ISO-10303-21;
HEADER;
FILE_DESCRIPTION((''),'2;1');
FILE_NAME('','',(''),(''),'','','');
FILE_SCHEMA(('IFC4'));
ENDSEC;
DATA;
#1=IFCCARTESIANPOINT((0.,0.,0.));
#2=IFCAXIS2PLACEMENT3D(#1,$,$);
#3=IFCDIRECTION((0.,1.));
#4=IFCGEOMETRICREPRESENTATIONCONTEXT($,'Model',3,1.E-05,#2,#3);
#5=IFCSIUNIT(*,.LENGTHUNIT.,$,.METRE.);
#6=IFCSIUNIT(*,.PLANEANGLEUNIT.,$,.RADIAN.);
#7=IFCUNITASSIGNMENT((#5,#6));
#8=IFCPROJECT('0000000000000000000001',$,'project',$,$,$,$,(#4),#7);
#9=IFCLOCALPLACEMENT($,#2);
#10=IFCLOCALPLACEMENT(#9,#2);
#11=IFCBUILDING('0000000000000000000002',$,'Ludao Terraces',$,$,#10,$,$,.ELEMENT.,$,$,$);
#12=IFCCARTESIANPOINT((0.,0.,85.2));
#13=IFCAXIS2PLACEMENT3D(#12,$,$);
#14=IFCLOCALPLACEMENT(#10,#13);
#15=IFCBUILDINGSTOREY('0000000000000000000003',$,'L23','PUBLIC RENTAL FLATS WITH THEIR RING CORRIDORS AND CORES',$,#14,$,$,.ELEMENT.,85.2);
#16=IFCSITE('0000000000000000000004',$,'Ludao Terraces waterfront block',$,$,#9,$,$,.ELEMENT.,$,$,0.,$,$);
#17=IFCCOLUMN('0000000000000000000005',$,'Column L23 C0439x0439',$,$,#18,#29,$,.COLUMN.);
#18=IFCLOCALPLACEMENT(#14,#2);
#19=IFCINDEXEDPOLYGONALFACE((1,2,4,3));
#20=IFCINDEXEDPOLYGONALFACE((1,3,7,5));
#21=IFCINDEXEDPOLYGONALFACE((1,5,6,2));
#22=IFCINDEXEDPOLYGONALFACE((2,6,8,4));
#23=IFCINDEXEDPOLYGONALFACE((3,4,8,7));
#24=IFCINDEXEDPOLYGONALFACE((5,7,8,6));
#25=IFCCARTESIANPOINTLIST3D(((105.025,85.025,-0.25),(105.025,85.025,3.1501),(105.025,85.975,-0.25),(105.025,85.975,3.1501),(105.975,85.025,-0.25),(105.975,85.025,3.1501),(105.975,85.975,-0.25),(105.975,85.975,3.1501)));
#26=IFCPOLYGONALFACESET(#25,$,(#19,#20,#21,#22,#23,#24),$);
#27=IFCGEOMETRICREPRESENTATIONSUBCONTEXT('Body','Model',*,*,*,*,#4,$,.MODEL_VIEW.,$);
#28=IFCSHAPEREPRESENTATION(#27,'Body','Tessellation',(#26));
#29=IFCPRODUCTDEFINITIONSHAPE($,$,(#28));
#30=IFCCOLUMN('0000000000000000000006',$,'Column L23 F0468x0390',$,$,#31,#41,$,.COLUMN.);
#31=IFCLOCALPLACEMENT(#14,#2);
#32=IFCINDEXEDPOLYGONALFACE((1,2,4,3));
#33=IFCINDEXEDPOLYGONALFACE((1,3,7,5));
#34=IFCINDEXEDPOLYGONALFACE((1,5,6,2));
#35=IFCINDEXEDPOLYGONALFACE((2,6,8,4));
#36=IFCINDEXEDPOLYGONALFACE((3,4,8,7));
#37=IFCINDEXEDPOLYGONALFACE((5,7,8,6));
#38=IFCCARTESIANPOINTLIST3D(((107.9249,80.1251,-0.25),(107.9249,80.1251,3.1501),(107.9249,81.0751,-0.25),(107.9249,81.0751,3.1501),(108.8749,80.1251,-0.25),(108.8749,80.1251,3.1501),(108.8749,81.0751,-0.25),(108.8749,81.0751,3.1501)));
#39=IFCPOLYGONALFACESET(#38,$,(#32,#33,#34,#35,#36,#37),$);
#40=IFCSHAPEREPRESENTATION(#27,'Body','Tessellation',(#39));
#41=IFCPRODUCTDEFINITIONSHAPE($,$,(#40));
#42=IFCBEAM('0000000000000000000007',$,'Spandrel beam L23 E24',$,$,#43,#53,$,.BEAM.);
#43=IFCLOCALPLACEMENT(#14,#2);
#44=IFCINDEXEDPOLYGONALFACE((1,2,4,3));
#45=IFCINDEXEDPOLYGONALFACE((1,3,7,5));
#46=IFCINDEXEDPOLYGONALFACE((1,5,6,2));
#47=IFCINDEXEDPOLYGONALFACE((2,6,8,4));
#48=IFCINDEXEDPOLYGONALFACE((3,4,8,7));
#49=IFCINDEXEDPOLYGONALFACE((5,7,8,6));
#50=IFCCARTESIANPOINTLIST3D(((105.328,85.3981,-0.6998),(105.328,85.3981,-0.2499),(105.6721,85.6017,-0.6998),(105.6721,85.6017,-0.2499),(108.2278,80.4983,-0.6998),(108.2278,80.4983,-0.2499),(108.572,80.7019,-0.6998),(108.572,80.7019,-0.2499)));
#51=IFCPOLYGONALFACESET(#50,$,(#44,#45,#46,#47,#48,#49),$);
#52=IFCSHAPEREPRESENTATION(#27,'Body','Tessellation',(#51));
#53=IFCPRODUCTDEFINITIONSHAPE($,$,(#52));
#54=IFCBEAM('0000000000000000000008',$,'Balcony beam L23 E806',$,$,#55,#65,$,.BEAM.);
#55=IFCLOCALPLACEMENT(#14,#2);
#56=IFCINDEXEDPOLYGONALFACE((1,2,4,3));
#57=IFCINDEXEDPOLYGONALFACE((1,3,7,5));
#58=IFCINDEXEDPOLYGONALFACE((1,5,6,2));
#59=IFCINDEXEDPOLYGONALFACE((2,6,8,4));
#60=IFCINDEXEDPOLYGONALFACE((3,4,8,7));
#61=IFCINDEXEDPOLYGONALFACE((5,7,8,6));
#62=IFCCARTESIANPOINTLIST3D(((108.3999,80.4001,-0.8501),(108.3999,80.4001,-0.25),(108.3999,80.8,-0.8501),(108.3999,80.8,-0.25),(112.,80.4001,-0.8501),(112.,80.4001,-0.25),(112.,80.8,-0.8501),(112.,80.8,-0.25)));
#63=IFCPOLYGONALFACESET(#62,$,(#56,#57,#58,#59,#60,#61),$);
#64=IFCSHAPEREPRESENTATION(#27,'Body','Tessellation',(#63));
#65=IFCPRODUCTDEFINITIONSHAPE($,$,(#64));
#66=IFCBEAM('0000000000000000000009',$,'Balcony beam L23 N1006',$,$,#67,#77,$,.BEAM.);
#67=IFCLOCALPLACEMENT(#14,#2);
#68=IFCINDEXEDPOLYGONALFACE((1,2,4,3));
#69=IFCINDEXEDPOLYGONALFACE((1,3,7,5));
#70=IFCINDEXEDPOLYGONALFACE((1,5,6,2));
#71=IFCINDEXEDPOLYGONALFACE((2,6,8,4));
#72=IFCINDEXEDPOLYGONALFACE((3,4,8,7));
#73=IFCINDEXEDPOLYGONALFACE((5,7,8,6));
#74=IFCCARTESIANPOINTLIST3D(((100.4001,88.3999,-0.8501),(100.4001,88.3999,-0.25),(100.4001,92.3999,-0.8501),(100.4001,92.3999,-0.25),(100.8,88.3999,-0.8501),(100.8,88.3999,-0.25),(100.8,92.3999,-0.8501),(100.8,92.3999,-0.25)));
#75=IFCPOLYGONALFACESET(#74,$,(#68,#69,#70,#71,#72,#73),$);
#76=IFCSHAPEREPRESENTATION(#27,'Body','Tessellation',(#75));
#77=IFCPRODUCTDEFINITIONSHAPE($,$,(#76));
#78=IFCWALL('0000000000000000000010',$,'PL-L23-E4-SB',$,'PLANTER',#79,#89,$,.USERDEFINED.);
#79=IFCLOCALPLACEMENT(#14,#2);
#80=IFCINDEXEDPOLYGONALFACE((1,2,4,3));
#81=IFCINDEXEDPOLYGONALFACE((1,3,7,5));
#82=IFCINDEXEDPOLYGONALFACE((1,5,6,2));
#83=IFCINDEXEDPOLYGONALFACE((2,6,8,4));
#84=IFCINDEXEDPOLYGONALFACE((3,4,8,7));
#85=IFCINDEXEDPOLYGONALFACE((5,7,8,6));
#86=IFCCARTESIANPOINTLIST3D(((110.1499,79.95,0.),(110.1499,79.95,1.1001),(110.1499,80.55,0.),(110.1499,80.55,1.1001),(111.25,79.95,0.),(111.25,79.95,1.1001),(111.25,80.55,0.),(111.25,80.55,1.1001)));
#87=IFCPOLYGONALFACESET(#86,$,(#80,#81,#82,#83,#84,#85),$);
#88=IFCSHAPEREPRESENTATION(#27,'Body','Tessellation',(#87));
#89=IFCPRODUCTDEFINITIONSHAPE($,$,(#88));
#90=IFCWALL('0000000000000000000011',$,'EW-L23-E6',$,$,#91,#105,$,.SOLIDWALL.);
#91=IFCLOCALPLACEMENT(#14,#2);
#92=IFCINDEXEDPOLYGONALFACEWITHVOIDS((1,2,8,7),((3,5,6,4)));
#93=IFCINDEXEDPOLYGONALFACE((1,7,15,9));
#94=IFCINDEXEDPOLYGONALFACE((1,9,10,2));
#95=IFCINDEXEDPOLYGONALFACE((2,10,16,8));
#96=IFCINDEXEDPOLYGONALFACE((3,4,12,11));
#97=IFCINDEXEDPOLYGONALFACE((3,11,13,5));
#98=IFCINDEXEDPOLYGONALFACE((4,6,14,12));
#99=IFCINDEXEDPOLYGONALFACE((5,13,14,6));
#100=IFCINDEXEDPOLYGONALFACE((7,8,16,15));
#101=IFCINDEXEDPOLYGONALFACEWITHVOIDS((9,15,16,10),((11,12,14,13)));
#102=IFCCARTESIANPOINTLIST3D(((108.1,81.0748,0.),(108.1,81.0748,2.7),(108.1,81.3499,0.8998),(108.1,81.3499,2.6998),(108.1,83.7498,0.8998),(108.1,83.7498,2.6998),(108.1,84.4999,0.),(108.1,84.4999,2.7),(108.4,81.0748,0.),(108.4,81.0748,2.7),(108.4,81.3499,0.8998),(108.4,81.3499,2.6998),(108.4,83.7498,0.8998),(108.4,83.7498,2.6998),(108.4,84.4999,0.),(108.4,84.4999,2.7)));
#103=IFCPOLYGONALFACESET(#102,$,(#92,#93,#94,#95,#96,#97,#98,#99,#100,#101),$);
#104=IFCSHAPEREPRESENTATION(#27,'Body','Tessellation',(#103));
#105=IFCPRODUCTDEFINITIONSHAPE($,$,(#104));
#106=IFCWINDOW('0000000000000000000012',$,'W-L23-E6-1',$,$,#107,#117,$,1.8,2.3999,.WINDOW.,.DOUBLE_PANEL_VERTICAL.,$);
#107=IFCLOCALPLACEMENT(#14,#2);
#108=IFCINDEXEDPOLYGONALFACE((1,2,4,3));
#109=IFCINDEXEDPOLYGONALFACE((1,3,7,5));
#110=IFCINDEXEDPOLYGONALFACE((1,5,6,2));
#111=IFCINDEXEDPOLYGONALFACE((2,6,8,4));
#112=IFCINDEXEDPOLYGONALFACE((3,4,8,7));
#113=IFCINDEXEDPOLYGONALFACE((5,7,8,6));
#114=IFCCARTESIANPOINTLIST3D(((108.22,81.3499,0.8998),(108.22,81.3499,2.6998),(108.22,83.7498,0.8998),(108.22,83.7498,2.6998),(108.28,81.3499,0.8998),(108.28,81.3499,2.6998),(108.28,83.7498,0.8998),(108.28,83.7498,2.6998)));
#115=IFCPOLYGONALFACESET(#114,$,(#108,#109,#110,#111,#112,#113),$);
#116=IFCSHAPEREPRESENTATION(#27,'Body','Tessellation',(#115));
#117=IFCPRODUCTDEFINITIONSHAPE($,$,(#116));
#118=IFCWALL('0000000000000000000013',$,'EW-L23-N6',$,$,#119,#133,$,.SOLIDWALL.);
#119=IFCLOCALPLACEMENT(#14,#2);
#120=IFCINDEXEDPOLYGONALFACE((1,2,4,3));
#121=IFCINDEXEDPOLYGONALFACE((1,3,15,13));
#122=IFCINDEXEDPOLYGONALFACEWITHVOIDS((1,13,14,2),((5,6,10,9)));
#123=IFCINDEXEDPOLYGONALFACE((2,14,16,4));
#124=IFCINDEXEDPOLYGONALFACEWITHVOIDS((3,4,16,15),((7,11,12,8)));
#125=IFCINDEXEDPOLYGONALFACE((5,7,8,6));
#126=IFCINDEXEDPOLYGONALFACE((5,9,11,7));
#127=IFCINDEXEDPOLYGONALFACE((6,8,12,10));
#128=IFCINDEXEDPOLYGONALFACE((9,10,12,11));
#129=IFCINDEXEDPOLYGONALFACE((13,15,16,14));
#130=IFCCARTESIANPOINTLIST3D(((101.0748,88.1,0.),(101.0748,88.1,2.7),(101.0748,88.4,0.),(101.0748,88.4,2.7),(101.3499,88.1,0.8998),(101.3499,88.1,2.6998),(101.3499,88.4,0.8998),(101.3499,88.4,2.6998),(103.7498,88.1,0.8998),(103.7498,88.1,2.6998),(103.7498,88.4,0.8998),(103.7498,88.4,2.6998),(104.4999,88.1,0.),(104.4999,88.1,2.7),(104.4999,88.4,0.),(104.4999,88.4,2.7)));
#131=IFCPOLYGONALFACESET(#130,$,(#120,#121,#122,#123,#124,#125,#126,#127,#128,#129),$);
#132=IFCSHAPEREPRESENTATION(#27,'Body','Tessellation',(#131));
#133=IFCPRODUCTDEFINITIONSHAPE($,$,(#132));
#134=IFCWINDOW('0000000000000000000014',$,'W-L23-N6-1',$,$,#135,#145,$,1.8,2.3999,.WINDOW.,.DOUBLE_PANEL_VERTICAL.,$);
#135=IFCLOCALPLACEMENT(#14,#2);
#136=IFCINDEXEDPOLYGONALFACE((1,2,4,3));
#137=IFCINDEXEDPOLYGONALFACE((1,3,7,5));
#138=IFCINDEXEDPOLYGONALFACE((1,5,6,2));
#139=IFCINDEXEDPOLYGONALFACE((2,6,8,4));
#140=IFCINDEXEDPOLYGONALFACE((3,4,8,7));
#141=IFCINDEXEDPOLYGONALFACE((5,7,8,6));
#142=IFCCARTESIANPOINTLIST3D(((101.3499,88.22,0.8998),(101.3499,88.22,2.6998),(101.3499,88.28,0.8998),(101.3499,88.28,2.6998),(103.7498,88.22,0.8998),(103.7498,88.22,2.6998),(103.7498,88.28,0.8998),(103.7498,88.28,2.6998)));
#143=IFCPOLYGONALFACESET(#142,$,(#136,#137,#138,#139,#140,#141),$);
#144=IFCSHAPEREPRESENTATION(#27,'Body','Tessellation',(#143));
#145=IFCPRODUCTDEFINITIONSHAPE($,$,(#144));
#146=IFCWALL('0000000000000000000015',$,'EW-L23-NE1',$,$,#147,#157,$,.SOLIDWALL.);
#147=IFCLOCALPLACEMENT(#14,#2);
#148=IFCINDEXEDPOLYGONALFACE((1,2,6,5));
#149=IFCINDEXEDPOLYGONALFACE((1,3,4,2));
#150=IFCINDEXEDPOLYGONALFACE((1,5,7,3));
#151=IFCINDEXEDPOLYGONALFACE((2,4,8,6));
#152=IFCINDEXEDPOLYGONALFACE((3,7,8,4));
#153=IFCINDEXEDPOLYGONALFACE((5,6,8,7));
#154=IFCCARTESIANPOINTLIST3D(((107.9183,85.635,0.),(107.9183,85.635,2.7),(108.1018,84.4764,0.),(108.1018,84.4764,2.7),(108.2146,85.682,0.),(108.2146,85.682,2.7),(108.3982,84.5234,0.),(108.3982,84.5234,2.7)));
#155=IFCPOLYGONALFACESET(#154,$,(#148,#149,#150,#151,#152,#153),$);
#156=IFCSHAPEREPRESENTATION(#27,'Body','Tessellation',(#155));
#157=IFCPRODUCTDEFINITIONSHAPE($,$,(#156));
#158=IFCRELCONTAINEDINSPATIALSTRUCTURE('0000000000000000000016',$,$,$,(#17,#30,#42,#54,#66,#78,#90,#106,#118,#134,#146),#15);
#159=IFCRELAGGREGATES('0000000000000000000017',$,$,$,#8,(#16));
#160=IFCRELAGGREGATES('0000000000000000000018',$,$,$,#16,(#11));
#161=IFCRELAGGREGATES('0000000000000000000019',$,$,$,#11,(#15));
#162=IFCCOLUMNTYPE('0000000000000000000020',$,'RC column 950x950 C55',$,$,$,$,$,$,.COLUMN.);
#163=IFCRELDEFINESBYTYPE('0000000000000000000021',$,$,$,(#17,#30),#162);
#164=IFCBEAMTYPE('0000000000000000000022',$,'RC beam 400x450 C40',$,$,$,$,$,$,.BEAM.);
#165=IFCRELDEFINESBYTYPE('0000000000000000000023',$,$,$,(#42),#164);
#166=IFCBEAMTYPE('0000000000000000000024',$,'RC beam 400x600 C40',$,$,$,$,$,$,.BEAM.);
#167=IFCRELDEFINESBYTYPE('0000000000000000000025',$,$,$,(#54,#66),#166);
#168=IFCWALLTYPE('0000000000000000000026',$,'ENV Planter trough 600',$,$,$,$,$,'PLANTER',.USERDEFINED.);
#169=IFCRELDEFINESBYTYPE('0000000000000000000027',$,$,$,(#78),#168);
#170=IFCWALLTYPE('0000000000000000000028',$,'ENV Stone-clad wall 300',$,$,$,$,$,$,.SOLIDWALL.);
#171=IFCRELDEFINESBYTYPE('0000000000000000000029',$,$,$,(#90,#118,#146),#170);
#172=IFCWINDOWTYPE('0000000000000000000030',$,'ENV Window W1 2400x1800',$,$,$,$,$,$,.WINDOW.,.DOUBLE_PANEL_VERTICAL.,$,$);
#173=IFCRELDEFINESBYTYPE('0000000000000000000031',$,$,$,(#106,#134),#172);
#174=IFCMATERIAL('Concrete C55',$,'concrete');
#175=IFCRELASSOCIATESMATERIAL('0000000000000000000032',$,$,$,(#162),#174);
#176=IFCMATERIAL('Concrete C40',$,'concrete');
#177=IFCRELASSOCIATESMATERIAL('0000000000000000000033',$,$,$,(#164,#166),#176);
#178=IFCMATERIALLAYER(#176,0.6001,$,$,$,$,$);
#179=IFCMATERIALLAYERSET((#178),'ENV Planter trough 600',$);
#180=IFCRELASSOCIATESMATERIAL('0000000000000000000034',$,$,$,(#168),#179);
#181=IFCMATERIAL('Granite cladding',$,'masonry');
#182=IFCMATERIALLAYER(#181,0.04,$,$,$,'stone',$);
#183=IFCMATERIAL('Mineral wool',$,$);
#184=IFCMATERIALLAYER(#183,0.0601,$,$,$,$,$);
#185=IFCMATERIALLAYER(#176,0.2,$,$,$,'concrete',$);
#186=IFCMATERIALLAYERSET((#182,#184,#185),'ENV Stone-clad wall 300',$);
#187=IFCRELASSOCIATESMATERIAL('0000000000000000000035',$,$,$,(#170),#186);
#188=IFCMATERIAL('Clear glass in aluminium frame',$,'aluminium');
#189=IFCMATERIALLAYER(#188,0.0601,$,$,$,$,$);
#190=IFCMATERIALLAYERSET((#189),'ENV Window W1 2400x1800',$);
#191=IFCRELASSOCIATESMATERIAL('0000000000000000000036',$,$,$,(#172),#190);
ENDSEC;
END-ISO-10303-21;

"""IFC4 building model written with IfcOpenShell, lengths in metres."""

from ifc_helpers import new_model, si_unit, direction, frame, frame_2d, origin, origin_2d, place, context, subcontext, project, spatial, rectangle, extrude, material, layer, layer_set, material_profile, profile_set, type_object, element, fill, save


model = new_model("IFC4")

# Units and contexts
model_context = context("Model", 3, precision=1e-05, world=origin(), true_north=direction((0.0, 1.0)))
body_context = subcontext(model_context, "Body", "Model", "MODEL_VIEW")
ifc_project = project(units=[si_unit("LENGTHUNIT", "METRE"), si_unit("PLANEANGLEUNIT", "RADIAN")], contexts=[model_context])

# Site, building, storey
site_placement = place(None, origin())
site = spatial("IfcSite", under=ifc_project, at=site_placement, Name="Ludao Terraces waterfront block", CompositionType="ELEMENT", RefElevation=0.0)
building_placement = place(site_placement, origin())
building = spatial("IfcBuilding", under=site, at=building_placement, Name="Ludao Terraces", CompositionType="ELEMENT")
storey_placement = place(building_placement, frame((0.0, 0.0, 85.2)))
storey = spatial("IfcBuildingStorey", under=building, at=storey_placement, Name="L23", Description="PUBLIC RENTAL FLATS WITH THEIR RING CORRIDORS AND CORES", CompositionType="ELEMENT", Elevation=85.2)

# Columns
ifc_material_1 = material(Name="Concrete C55", Category="concrete")
ifc_material_profile_1 = material_profile(ifc_material_1, rectangle(XDim=0.95, YDim=0.95, at=origin_2d()), Name="950 X 950")
ifc_profile_set_1 = profile_set([ifc_material_profile_1], Name="Concrete C55")
column_type = type_object("IfcColumnType", Name="RC column 950x950 C55", PredefinedType="COLUMN", material=ifc_profile_set_1)
for number, where, z_axis, x_axis, name in (
    (1, (105.5, 85.5, -0.25), (0.0, 0.0, 1.0), (1.0, 0.0, 0.0), "Column L23 C0439x0439"),
    (2, (108.3999, 80.6001, -0.25), (0.0, 0.0, 1.0), (1.0, 0.0, 0.0), "Column L23 F0468x0390"),
):
    element("IfcColumn", number, at=place(storey_placement, frame(where, z_axis=z_axis, x_axis=x_axis)), inside=storey, type_object=column_type, Name=name, PredefinedType="COLUMN", context=body_context, shape_type="SweptSolid", body=[
        extrude(rectangle(XDim=0.95, YDim=0.95, at=origin_2d()), origin(), (0.0, 0.0, 1.0), 3.4001),
    ])

# Beams
ifc_material_2 = material(Name="Concrete C40", Category="concrete")
ifc_material_profile_2 = material_profile(ifc_material_2, rectangle(XDim=0.3999, YDim=0.45, at=origin_2d()), Name="400 X 450")
ifc_profile_set_2 = profile_set([ifc_material_profile_2], Name="Concrete C40")
beam_type_1 = type_object("IfcBeamType", Name="RC beam 400x450 C40", PredefinedType="BEAM", material=ifc_profile_set_2)
beam_1_placement = place(storey_placement, frame((108.3999, 80.6001, -0.4749), z_axis=(-0.509316, 0.86058, 0.0), x_axis=(-0.86058, -0.509316, 0.0)))
element("IfcBeam", 3, at=beam_1_placement, inside=storey, type_object=beam_type_1, Name="Spandrel beam L23 E24", PredefinedType="BEAM", context=body_context, shape_type="SweptSolid", body=[
    extrude(rectangle(XDim=0.3999, YDim=0.45, at=origin_2d()), origin(), (0.0, 0.0, 1.0), 5.6936),
])
ifc_material_profile_3 = material_profile(ifc_material_2, rectangle(XDim=0.3999, YDim=0.6001, at=origin_2d()), Name="400 X 600")
ifc_profile_set_3 = profile_set([ifc_material_profile_3], Name="Concrete C40")
beam_type_2 = type_object("IfcBeamType", Name="RC beam 400x600 C40", PredefinedType="BEAM", material=ifc_profile_set_3)
beam_2_placement = place(storey_placement, frame((108.3999, 80.6001, -0.55), z_axis=(1.0, 0.0, 0.0), x_axis=(0.0, 1.0, 0.0)))
element("IfcBeam", 4, at=beam_2_placement, inside=storey, type_object=beam_type_2, Name="Balcony beam L23 E806", PredefinedType="BEAM", context=body_context, shape_type="SweptSolid", body=[
    extrude(rectangle(XDim=0.3999, YDim=0.6001, at=origin_2d()), origin(), (0.0, 0.0, 1.0), 3.6001),
])
beam_3_placement = place(storey_placement, frame((100.6001, 88.3999, -0.55), z_axis=(0.0, 1.0, 0.0), x_axis=(-1.0, 0.0, 0.0)))
element("IfcBeam", 5, at=beam_3_placement, inside=storey, type_object=beam_type_2, Name="Balcony beam L23 N1006", PredefinedType="BEAM", context=body_context, shape_type="SweptSolid", body=[
    extrude(rectangle(XDim=0.3999, YDim=0.6001, at=origin_2d()), origin(), (0.0, 0.0, 1.0), 4.0),
])

# Wall
ifc_layer_1 = layer(ifc_material_2, 0.6001)
ifc_layer_set_1 = layer_set([ifc_layer_1], Name="ENV Planter trough 600")
wall_type_1 = type_object("IfcWallType", Name="ENV Planter trough 600", ElementType="PLANTER", PredefinedType="USERDEFINED", material=ifc_layer_set_1)
wall_1_placement = place(storey_placement, frame((111.25, 80.25, 0.0), z_axis=(0.0, 0.0, 1.0), x_axis=(-1.0, 0.0, 0.0)))
element("IfcWall", 6, at=wall_1_placement, inside=storey, type_object=wall_type_1, Name="PL-L23-E4-SB", ObjectType="PLANTER", PredefinedType="USERDEFINED", context=body_context, shape_type="SweptSolid", body=[
    extrude(rectangle(XDim=1.1001, YDim=0.6001, at=frame_2d((0.55, 0.0))), origin(), (0.0, 0.0, 1.0), 1.1001),
])

# Walls, openings, windows
ifc_material_3 = material(Name="Granite cladding", Category="masonry")
ifc_layer_2 = layer(ifc_material_3, 0.04, Category="stone")
ifc_material_4 = material(Name="Mineral wool")
ifc_layer_3 = layer(ifc_material_4, 0.0601)
ifc_layer_4 = layer(ifc_material_2, 0.2, Category="concrete")
ifc_layer_set_2 = layer_set([ifc_layer_2, ifc_layer_3, ifc_layer_4], Name="ENV Stone-clad wall 300")
wall_type_2 = type_object("IfcWallType", Name="ENV Stone-clad wall 300", PredefinedType="SOLIDWALL", material=ifc_layer_set_2)
wall_2_placement = place(storey_placement, frame((108.25, 81.075, 0.0), z_axis=(0.0, 0.0, 1.0), x_axis=(0.0, 1.0, 0.0)))
wall_2 = element("IfcWall", 7, at=wall_2_placement, inside=storey, type_object=wall_type_2, Name="EW-L23-E6", PredefinedType="SOLIDWALL", context=body_context, shape_type="SweptSolid", body=[
    extrude(rectangle(XDim=3.425, YDim=0.3, at=frame_2d((1.7124, 0.0))), origin(), (0.0, 0.0, 1.0), 2.7),
])
opening_1_placement = place(wall_2_placement, frame((0.2749, 0.0, 0.8999)))
opening_1 = element("IfcOpeningElement", 8, at=opening_1_placement, cuts=wall_2, PredefinedType="OPENING", context=body_context, shape_type="SweptSolid", body=[
    extrude(rectangle(XDim=2.3999, YDim=1.8, at=frame_2d((1.2, 0.8999))), frame((0.0, 0.1602, 0.0), z_axis=(0.0, -1.0, 0.0), x_axis=(1.0, 0.0, 0.0)), (0.0, 0.0, 1.0), 0.3201),
])
ifc_material_5 = material(Name="Clear glass in aluminium frame", Category="aluminium")
ifc_layer_5 = layer(ifc_material_5, 0.0601)
ifc_layer_set_3 = layer_set([ifc_layer_5], Name="ENV Window W1 2400x1800")
window_type_1 = type_object("IfcWindowType", Name="ENV Window W1 2400x1800", PartitioningType="DOUBLE_PANEL_VERTICAL", PredefinedType="WINDOW", material=ifc_layer_set_3)
window_1_placement = place(opening_1_placement, origin())
window_1 = element("IfcWindow", 9, at=window_1_placement, inside=storey, type_object=window_type_1, Name="W-L23-E6-1", OverallHeight=1.8, OverallWidth=2.3999, PartitioningType="DOUBLE_PANEL_VERTICAL", PredefinedType="WINDOW", context=body_context, shape_type="SweptSolid", body=[
    extrude(rectangle(XDim=2.3999, YDim=1.8, at=frame_2d((1.2, 0.8999))), frame((0.0, 0.03, 0.0), z_axis=(0.0, -1.0, 0.0), x_axis=(1.0, 0.0, 0.0)), (0.0, 0.0, 1.0), 0.0601),
])
fill(opening_1, window_1)
wall_3_placement = place(storey_placement, frame((101.075, 88.25, 0.0), z_axis=(0.0, 0.0, 1.0), x_axis=(1.0, 0.0, 0.0)))
wall_3 = element("IfcWall", 10, at=wall_3_placement, inside=storey, type_object=wall_type_2, Name="EW-L23-N6", PredefinedType="SOLIDWALL", context=body_context, shape_type="SweptSolid", body=[
    extrude(rectangle(XDim=3.425, YDim=0.3, at=frame_2d((1.7124, 0.0))), origin(), (0.0, 0.0, 1.0), 2.7),
])
opening_2_placement = place(wall_3_placement, frame((0.2749, 0.0, 0.8999)))
opening_2 = element("IfcOpeningElement", 11, at=opening_2_placement, cuts=wall_3, PredefinedType="OPENING", context=body_context, shape_type="SweptSolid", body=[
    extrude(rectangle(XDim=2.3999, YDim=1.8, at=frame_2d((1.2, 0.8999))), frame((0.0, 0.1602, 0.0), z_axis=(0.0, -1.0, 0.0), x_axis=(1.0, 0.0, 0.0)), (0.0, 0.0, 1.0), 0.3201),
])
window_2_placement = place(opening_2_placement, origin())
window_2 = element("IfcWindow", 12, at=window_2_placement, inside=storey, type_object=window_type_1, Name="W-L23-N6-1", OverallHeight=1.8, OverallWidth=2.3999, PartitioningType="DOUBLE_PANEL_VERTICAL", PredefinedType="WINDOW", context=body_context, shape_type="SweptSolid", body=[
    extrude(rectangle(XDim=2.3999, YDim=1.8, at=frame_2d((1.2, 0.8999))), frame((0.0, 0.03, 0.0), z_axis=(0.0, -1.0, 0.0), x_axis=(1.0, 0.0, 0.0)), (0.0, 0.0, 1.0), 0.0601),
])
fill(opening_2, window_2)

# Wall
wall_4_placement = place(storey_placement, frame((108.25, 84.5, 0.0), z_axis=(0.0, 0.0, 1.0), x_axis=(-0.156497, 0.987678, 0.0)))
element("IfcWall", 13, at=wall_4_placement, inside=storey, type_object=wall_type_2, Name="EW-L23-NE1", PredefinedType="SOLIDWALL", context=body_context, shape_type="SweptSolid", body=[
    extrude(rectangle(XDim=1.1731, YDim=0.3, at=frame_2d((0.5864, 0.0))), origin(), (0.0, 0.0, 1.0), 2.7),
])

save(model, "model.ifc")
